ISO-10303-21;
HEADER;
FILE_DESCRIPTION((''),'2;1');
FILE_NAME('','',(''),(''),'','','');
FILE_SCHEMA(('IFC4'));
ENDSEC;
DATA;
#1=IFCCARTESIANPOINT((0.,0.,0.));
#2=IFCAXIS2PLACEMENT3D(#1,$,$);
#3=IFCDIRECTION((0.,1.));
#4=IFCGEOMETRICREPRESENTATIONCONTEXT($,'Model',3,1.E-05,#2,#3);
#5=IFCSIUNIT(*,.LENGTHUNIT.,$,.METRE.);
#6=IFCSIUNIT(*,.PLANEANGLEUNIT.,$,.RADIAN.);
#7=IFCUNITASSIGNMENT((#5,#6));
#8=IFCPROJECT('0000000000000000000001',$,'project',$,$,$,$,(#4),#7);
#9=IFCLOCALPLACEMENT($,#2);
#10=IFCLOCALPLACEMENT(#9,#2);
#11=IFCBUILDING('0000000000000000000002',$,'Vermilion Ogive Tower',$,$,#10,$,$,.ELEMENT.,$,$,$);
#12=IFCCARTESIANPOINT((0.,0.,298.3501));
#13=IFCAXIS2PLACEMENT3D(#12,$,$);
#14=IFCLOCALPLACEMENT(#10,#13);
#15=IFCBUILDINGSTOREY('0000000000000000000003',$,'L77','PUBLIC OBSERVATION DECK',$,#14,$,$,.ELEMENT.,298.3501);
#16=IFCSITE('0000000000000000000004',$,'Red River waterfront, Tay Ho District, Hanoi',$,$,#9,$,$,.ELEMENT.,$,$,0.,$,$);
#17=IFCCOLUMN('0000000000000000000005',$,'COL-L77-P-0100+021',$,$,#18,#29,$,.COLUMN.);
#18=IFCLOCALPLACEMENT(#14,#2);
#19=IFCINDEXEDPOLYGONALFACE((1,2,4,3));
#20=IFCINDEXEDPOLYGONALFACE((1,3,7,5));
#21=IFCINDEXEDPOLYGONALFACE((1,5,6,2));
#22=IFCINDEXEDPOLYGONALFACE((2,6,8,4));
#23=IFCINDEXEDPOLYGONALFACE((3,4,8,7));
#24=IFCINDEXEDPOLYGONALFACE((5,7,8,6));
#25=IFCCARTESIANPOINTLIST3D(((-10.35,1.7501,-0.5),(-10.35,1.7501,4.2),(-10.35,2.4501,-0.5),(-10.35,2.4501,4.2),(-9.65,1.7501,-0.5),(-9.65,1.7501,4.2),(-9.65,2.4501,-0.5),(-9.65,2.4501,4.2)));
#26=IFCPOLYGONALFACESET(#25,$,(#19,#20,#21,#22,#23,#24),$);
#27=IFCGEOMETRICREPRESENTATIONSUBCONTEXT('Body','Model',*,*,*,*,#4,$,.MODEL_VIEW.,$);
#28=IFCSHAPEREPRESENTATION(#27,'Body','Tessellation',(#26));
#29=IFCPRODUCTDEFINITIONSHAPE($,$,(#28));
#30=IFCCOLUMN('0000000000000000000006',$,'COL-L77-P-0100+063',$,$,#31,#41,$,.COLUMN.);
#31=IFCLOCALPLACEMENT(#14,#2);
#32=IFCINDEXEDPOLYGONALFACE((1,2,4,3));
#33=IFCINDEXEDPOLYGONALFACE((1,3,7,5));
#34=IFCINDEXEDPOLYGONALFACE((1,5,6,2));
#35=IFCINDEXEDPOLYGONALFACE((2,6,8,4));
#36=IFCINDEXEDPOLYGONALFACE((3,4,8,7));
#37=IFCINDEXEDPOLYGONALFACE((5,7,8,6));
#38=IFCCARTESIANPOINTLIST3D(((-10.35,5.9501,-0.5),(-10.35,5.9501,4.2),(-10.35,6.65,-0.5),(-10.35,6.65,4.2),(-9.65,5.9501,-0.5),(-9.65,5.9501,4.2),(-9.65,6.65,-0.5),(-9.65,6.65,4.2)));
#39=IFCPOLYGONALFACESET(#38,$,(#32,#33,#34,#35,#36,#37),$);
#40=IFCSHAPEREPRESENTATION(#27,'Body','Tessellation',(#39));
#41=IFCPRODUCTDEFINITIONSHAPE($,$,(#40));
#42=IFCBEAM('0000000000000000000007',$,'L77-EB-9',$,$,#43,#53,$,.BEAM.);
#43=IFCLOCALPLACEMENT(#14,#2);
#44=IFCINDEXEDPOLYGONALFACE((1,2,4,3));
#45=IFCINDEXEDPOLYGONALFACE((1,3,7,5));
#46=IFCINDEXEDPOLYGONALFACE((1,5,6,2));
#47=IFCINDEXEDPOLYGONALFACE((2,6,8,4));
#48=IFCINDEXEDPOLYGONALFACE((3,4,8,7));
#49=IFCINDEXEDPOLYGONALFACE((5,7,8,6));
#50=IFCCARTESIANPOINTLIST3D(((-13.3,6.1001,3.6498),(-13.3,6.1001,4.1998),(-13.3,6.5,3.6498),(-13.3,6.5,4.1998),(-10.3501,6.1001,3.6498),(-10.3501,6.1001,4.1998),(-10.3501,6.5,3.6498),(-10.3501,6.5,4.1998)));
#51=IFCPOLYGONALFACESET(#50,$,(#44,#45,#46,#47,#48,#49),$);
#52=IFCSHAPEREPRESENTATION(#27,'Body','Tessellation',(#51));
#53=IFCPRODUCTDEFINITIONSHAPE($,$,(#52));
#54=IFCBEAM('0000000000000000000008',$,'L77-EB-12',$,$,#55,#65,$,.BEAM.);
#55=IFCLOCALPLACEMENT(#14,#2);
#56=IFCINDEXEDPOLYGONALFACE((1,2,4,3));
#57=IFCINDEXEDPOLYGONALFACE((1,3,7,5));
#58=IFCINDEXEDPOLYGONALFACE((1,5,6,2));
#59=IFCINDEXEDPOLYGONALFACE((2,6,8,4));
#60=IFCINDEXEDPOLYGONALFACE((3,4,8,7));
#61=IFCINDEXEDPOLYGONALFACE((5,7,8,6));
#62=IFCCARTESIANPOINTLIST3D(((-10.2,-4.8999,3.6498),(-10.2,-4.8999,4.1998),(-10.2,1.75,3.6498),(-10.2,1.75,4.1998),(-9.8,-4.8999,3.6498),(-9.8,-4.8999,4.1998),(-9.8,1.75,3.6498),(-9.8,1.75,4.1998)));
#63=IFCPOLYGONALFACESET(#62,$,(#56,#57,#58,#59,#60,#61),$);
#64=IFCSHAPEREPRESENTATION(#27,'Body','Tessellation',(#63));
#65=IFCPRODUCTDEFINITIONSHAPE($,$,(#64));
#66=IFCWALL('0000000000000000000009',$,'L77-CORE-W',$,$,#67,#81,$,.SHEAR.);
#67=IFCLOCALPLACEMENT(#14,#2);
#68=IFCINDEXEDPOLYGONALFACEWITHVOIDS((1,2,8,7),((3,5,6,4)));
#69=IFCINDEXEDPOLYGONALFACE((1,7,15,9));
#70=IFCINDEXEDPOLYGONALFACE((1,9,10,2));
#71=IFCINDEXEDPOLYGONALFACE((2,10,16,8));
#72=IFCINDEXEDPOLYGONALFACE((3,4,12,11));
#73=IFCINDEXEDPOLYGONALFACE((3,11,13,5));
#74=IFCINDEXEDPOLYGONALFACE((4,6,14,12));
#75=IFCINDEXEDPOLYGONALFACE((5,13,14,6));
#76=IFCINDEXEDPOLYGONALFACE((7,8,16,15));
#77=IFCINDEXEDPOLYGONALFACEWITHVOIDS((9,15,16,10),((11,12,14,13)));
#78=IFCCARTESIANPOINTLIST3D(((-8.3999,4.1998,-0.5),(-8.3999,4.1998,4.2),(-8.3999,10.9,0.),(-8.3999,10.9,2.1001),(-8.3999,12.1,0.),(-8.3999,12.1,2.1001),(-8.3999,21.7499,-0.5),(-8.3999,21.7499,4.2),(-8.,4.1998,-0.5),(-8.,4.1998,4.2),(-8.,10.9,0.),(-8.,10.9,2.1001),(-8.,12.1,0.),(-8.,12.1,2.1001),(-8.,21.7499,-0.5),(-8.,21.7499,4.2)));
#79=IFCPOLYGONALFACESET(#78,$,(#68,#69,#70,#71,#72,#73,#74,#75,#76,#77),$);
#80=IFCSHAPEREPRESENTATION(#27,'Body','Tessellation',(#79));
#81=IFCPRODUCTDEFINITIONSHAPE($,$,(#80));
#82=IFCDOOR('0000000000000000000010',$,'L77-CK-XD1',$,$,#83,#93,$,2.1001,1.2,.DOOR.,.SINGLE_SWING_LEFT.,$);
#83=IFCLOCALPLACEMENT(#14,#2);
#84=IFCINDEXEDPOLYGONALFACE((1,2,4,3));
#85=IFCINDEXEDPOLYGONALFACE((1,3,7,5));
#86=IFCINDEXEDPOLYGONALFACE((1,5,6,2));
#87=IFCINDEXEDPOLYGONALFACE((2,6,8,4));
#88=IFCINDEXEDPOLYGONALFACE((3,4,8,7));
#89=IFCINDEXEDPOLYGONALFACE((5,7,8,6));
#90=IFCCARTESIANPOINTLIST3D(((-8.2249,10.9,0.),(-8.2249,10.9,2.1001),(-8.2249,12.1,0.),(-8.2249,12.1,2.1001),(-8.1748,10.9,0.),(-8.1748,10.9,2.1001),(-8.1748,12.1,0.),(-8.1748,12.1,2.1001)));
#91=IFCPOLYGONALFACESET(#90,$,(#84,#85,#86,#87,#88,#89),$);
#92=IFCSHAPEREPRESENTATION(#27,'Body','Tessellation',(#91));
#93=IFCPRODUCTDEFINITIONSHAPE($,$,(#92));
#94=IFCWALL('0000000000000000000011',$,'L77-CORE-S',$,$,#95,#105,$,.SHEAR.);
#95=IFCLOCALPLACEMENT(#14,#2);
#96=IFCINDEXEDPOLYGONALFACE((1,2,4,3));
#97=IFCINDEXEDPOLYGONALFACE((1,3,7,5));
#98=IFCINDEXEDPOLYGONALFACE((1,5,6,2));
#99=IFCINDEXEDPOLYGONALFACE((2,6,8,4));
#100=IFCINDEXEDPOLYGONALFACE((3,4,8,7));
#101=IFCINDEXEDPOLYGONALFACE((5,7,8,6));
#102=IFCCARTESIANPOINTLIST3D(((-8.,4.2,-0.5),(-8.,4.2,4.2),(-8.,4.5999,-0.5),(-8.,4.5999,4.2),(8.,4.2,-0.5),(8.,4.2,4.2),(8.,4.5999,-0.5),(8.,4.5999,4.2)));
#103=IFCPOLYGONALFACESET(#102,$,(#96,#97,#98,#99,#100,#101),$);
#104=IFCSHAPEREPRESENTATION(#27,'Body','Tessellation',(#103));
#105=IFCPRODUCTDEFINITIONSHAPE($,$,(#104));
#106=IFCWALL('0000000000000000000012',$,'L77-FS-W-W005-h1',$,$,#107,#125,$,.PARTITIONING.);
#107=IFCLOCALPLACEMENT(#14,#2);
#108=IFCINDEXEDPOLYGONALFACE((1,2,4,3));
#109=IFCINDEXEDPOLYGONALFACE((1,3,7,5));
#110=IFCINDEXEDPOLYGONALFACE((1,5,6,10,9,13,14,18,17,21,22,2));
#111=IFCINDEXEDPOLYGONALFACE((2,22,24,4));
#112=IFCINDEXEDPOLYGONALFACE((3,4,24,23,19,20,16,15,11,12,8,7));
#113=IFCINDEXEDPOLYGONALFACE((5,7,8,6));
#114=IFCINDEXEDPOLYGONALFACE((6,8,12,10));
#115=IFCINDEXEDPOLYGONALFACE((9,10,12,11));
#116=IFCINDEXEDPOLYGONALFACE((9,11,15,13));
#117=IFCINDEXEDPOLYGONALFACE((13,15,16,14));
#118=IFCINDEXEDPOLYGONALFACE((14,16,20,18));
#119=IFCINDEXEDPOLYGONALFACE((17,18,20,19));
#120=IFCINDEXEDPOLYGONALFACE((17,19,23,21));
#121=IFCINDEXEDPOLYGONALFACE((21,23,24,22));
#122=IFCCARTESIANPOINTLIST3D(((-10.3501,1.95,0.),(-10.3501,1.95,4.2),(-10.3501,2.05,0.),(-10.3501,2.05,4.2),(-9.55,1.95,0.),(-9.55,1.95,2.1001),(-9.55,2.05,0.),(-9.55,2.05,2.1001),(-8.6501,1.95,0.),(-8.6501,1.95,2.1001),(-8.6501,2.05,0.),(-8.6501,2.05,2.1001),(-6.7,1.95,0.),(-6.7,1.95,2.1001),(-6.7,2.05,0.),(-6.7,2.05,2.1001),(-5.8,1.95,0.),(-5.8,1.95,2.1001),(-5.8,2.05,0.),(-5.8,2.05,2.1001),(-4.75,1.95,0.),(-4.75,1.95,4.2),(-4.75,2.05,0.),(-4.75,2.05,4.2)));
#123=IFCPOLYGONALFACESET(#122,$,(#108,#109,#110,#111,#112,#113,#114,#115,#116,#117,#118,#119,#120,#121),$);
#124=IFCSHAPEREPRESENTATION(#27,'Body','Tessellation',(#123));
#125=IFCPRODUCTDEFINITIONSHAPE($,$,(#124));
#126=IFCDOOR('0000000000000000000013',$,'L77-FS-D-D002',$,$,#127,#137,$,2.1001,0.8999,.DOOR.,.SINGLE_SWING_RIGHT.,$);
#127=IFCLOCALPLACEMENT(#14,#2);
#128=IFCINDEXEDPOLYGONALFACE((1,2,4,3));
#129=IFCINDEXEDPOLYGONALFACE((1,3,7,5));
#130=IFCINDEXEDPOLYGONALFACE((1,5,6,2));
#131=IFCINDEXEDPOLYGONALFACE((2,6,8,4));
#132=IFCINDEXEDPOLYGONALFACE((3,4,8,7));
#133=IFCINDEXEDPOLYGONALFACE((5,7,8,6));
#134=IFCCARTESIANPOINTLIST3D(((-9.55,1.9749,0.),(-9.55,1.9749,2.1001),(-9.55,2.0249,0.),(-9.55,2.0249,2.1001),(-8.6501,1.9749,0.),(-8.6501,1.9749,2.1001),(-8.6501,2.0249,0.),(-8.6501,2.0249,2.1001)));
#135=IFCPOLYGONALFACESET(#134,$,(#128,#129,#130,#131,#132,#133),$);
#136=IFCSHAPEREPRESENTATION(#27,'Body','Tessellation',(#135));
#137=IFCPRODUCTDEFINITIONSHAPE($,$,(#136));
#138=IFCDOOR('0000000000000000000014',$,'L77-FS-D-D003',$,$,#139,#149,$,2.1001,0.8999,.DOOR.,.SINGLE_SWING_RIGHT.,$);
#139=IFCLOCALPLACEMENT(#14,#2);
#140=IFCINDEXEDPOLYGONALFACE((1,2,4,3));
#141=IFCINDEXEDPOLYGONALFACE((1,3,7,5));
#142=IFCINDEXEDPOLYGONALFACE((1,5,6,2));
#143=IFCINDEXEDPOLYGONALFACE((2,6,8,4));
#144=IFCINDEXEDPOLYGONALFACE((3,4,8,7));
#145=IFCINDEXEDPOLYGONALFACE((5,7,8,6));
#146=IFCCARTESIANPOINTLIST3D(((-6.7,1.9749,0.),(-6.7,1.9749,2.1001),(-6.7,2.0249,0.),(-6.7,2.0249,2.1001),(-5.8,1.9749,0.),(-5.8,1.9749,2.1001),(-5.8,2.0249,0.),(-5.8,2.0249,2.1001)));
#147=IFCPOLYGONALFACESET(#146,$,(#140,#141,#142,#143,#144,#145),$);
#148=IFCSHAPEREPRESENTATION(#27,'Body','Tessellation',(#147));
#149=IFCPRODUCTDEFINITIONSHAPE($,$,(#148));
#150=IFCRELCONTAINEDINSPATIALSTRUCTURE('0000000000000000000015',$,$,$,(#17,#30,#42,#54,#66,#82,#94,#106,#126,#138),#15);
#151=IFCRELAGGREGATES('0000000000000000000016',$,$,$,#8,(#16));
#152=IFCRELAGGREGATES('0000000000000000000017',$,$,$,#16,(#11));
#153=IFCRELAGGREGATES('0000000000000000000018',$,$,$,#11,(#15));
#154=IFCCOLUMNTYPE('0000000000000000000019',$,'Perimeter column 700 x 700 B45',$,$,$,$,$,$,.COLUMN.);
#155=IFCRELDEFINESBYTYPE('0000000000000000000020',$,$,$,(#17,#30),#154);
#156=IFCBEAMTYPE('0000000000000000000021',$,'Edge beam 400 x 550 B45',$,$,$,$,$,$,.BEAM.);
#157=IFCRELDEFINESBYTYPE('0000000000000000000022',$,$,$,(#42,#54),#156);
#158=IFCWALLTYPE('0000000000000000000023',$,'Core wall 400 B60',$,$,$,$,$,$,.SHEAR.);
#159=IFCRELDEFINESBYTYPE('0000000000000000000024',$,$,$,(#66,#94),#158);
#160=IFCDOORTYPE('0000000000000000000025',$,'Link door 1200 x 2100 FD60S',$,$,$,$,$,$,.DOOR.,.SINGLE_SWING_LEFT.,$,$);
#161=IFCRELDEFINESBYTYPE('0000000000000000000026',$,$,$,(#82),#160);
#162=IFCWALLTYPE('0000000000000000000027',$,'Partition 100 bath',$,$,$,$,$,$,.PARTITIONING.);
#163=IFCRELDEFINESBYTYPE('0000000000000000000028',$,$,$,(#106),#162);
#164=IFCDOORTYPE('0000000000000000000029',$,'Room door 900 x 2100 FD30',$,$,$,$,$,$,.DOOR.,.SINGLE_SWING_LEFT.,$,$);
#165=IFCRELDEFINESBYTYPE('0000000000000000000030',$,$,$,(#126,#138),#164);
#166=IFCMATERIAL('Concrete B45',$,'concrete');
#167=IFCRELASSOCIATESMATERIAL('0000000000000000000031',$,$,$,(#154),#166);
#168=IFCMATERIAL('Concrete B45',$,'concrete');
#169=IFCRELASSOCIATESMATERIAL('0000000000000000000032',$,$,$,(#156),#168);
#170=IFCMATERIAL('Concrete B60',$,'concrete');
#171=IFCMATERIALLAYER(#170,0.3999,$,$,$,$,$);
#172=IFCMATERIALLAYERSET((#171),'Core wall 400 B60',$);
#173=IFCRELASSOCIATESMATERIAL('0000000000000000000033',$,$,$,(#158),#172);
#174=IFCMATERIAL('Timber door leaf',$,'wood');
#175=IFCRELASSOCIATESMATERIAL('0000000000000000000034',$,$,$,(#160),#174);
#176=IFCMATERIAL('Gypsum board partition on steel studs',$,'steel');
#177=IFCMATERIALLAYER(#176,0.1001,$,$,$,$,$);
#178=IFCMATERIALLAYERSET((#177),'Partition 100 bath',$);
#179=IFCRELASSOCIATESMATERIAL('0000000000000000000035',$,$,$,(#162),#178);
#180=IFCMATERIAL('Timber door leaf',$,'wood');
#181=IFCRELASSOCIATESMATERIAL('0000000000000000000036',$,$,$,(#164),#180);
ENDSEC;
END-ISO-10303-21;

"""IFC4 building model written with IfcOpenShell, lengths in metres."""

from ifc_helpers import new_model, si_unit, direction, frame, frame_2d, origin, origin_2d, place, context, subcontext, project, spatial, rectangle, extrude, material, layer, layer_set, material_profile, profile_set, type_object, element, fill, save


model = new_model("IFC4")

# Units and contexts
model_context = context("Model", 3, precision=1e-05, world=origin(), true_north=direction((0.0, 1.0)))
body_context = subcontext(model_context, "Body", "Model", "MODEL_VIEW")
ifc_project = project(units=[si_unit("LENGTHUNIT", "METRE"), si_unit("PLANEANGLEUNIT", "RADIAN")], contexts=[model_context])

# Site, building, storey
site_placement = place(None, origin())
site = spatial("IfcSite", under=ifc_project, at=site_placement, Name="Red River waterfront, Tay Ho District, Hanoi", CompositionType="ELEMENT", RefElevation=0.0)
building_placement = place(site_placement, origin())
building = spatial("IfcBuilding", under=site, at=building_placement, Name="Vermilion Ogive Tower", CompositionType="ELEMENT")
storey_placement = place(building_placement, frame((0.0, 0.0, 298.3501)))
storey = spatial("IfcBuildingStorey", under=building, at=storey_placement, Name="L77", Description="PUBLIC OBSERVATION DECK", CompositionType="ELEMENT", Elevation=298.3501)

# Columns
ifc_material_1 = material(Name="Concrete B45", Category="concrete")
ifc_material_profile_1 = material_profile(ifc_material_1, rectangle(XDim=0.7, YDim=0.7, at=origin_2d()), Name="700 x 700")
ifc_profile_set_1 = profile_set([ifc_material_profile_1], Name="Concrete B45")
column_type = type_object("IfcColumnType", Name="Perimeter column 700 x 700 B45", PredefinedType="COLUMN", material=ifc_profile_set_1)
for number, where, z_axis, x_axis, name in (
    (1, (-10.0, 2.1001, -0.5), (0.0, 0.0, 1.0), (1.0, 0.0, 0.0), "COL-L77-P-0100+021"),
    (2, (-10.0, 6.3, -0.5), (0.0, 0.0, 1.0), (1.0, 0.0, 0.0), "COL-L77-P-0100+063"),
):
    element("IfcColumn", number, at=place(storey_placement, frame(where, z_axis=z_axis, x_axis=x_axis)), inside=storey, type_object=column_type, Name=name, PredefinedType="COLUMN", context=body_context, shape_type="SweptSolid", body=[
        extrude(rectangle(XDim=0.7, YDim=0.7, at=origin_2d()), origin(), (0.0, 0.0, 1.0), 4.7),
    ])

# Beams
ifc_material_2 = material(Name="Concrete B45", Category="concrete")
ifc_material_profile_2 = material_profile(ifc_material_2, rectangle(XDim=0.3999, YDim=0.55, at=origin_2d()), Name="400 x 550")
ifc_profile_set_2 = profile_set([ifc_material_profile_2], Name="Concrete B45")
beam_type = type_object("IfcBeamType", Name="Edge beam 400 x 550 B45", PredefinedType="BEAM", material=ifc_profile_set_2)
beam_1_placement = place(storey_placement, frame((-10.3501, 6.3, 3.9248), z_axis=(-1.0, 0.0, 0.0), x_axis=(0.0, -1.0, 0.0)))
element("IfcBeam", 3, at=beam_1_placement, inside=storey, type_object=beam_type, Name="L77-EB-9", PredefinedType="BEAM", context=body_context, shape_type="SweptSolid", body=[
    extrude(rectangle(XDim=0.3999, YDim=0.55, at=origin_2d()), origin(), (0.0, 0.0, 1.0), 2.95),
])
beam_2_placement = place(storey_placement, frame((-10.0, 1.75, 3.9248), z_axis=(0.0, -1.0, 0.0), x_axis=(1.0, 0.0, 0.0)))
element("IfcBeam", 4, at=beam_2_placement, inside=storey, type_object=beam_type, Name="L77-EB-12", PredefinedType="BEAM", context=body_context, shape_type="SweptSolid", body=[
    extrude(rectangle(XDim=0.3999, YDim=0.55, at=origin_2d()), origin(), (0.0, 0.0, 1.0), 6.6499),
])

# Wall, opening, door
ifc_material_3 = material(Name="Concrete B60", Category="concrete")
ifc_layer_1 = layer(ifc_material_3, 0.3999)
ifc_layer_set_1 = layer_set([ifc_layer_1], Name="Core wall 400 B60")
wall_type_1 = type_object("IfcWallType", Name="Core wall 400 B60", PredefinedType="SHEAR", material=ifc_layer_set_1)
wall_1_placement = place(storey_placement, frame((-8.2, 4.2, -0.5), z_axis=(0.0, 0.0, 1.0), x_axis=(0.0, 1.0, 0.0)))
wall_1 = element("IfcWall", 5, at=wall_1_placement, inside=storey, type_object=wall_type_1, Name="L77-CORE-W", PredefinedType="SHEAR", context=body_context, shape_type="SweptSolid", body=[
    extrude(rectangle(XDim=17.55, YDim=0.3999, at=frame_2d((8.7749, 0.0))), origin(), (0.0, 0.0, 1.0), 4.7),
])
opening_1_placement = place(wall_1_placement, frame((6.7, 0.0, 0.5)))
opening_1 = element("IfcOpeningElement", 6, at=opening_1_placement, cuts=wall_1, PredefinedType="OPENING", context=body_context, shape_type="SweptSolid", body=[
    extrude(rectangle(XDim=1.2, YDim=2.1001, at=frame_2d((0.6001, 1.05))), frame((0.0, 0.21, 0.0), z_axis=(0.0, -1.0, 0.0), x_axis=(1.0, 0.0, 0.0)), (0.0, 0.0, 1.0), 0.4199),
])
ifc_material_4 = material(Name="Timber door leaf", Category="wood")
door_type_1 = type_object("IfcDoorType", Name="Link door 1200 x 2100 FD60S", OperationType="SINGLE_SWING_LEFT", PredefinedType="DOOR", material=ifc_material_4)
door_1_placement = place(opening_1_placement, origin())
door_1 = element("IfcDoor", 7, at=door_1_placement, inside=storey, type_object=door_type_1, Name="L77-CK-XD1", OperationType="SINGLE_SWING_LEFT", OverallHeight=2.1001, OverallWidth=1.2, PredefinedType="DOOR", context=body_context, shape_type="SweptSolid", body=[
    extrude(rectangle(XDim=1.2, YDim=2.1001, at=frame_2d((0.6001, 1.05))), frame((0.0, 0.0249, 0.0), z_axis=(0.0, -1.0, 0.0), x_axis=(1.0, 0.0, 0.0)), (0.0, 0.0, 1.0), 0.05),
])
fill(opening_1, door_1)

# Wall
wall_2_placement = place(storey_placement, frame((-8.0, 4.3999, -0.5), z_axis=(0.0, 0.0, 1.0), x_axis=(1.0, 0.0, 0.0)))
element("IfcWall", 8, at=wall_2_placement, inside=storey, type_object=wall_type_1, Name="L77-CORE-S", PredefinedType="SHEAR", context=body_context, shape_type="SweptSolid", body=[
    extrude(rectangle(XDim=16.0, YDim=0.3999, at=frame_2d((8.0, 0.0))), origin(), (0.0, 0.0, 1.0), 4.7),
])

# Wall, openings, doors
ifc_material_5 = material(Name="Gypsum board partition on steel studs", Category="steel")
ifc_layer_2 = layer(ifc_material_5, 0.1001)
ifc_layer_set_2 = layer_set([ifc_layer_2], Name="Partition 100 bath")
wall_type_2 = type_object("IfcWallType", Name="Partition 100 bath", PredefinedType="PARTITIONING", material=ifc_layer_set_2)
wall_3_placement = place(storey_placement, frame((-10.3501, 2.0, 0.0), z_axis=(0.0, 0.0, 1.0), x_axis=(1.0, 0.0, 0.0)))
wall_3 = element("IfcWall", 9, at=wall_3_placement, inside=storey, type_object=wall_type_2, Name="L77-FS-W-W005-h1", PredefinedType="PARTITIONING", context=body_context, shape_type="SweptSolid", body=[
    extrude(rectangle(XDim=5.6001, YDim=0.1001, at=frame_2d((2.8, 0.0))), origin(), (0.0, 0.0, 1.0), 4.2),
])
opening_2_placement = place(wall_3_placement, frame((0.8, 0.0, 0.0)))
opening_2 = element("IfcOpeningElement", 10, at=opening_2_placement, cuts=wall_3, PredefinedType="OPENING", context=body_context, shape_type="SweptSolid", body=[
    extrude(rectangle(XDim=0.8999, YDim=2.1001, at=frame_2d((0.45, 1.05))), frame((0.0, 0.0601, 0.0), z_axis=(0.0, -1.0, 0.0), x_axis=(1.0, 0.0, 0.0)), (0.0, 0.0, 1.0), 0.1201),
])
opening_3_placement = place(wall_3_placement, frame((3.6501, 0.0, 0.0)))
opening_3 = element("IfcOpeningElement", 11, at=opening_3_placement, cuts=wall_3, PredefinedType="OPENING", context=body_context, shape_type="SweptSolid", body=[
    extrude(rectangle(XDim=0.8999, YDim=2.1001, at=frame_2d((0.45, 1.05))), frame((0.0, 0.0601, 0.0), z_axis=(0.0, -1.0, 0.0), x_axis=(1.0, 0.0, 0.0)), (0.0, 0.0, 1.0), 0.1201),
])
ifc_material_6 = material(Name="Timber door leaf", Category="wood")
door_type_2 = type_object("IfcDoorType", Name="Room door 900 x 2100 FD30", OperationType="SINGLE_SWING_LEFT", PredefinedType="DOOR", material=ifc_material_6)
door_2_placement = place(opening_2_placement, origin())
door_2 = element("IfcDoor", 12, at=door_2_placement, inside=storey, type_object=door_type_2, Name="L77-FS-D-D002", OperationType="SINGLE_SWING_RIGHT", OverallHeight=2.1001, OverallWidth=0.8999, PredefinedType="DOOR", context=body_context, shape_type="SweptSolid", body=[
    extrude(rectangle(XDim=0.8999, YDim=2.1001, at=frame_2d((0.45, 1.05))), frame((0.0, 0.0249, 0.0), z_axis=(0.0, -1.0, 0.0), x_axis=(1.0, 0.0, 0.0)), (0.0, 0.0, 1.0), 0.05),
])
fill(opening_2, door_2)
door_3_placement = place(opening_3_placement, origin())
door_3 = element("IfcDoor", 13, at=door_3_placement, inside=storey, type_object=door_type_2, Name="L77-FS-D-D003", OperationType="SINGLE_SWING_RIGHT", OverallHeight=2.1001, OverallWidth=0.8999, PredefinedType="DOOR", context=body_context, shape_type="SweptSolid", body=[
    extrude(rectangle(XDim=0.8999, YDim=2.1001, at=frame_2d((0.45, 1.05))), frame((0.0, 0.0249, 0.0), z_axis=(0.0, -1.0, 0.0), x_axis=(1.0, 0.0, 0.0)), (0.0, 0.0, 1.0), 0.05),
])
fill(opening_3, door_3)

save(model, "model.ifc")
